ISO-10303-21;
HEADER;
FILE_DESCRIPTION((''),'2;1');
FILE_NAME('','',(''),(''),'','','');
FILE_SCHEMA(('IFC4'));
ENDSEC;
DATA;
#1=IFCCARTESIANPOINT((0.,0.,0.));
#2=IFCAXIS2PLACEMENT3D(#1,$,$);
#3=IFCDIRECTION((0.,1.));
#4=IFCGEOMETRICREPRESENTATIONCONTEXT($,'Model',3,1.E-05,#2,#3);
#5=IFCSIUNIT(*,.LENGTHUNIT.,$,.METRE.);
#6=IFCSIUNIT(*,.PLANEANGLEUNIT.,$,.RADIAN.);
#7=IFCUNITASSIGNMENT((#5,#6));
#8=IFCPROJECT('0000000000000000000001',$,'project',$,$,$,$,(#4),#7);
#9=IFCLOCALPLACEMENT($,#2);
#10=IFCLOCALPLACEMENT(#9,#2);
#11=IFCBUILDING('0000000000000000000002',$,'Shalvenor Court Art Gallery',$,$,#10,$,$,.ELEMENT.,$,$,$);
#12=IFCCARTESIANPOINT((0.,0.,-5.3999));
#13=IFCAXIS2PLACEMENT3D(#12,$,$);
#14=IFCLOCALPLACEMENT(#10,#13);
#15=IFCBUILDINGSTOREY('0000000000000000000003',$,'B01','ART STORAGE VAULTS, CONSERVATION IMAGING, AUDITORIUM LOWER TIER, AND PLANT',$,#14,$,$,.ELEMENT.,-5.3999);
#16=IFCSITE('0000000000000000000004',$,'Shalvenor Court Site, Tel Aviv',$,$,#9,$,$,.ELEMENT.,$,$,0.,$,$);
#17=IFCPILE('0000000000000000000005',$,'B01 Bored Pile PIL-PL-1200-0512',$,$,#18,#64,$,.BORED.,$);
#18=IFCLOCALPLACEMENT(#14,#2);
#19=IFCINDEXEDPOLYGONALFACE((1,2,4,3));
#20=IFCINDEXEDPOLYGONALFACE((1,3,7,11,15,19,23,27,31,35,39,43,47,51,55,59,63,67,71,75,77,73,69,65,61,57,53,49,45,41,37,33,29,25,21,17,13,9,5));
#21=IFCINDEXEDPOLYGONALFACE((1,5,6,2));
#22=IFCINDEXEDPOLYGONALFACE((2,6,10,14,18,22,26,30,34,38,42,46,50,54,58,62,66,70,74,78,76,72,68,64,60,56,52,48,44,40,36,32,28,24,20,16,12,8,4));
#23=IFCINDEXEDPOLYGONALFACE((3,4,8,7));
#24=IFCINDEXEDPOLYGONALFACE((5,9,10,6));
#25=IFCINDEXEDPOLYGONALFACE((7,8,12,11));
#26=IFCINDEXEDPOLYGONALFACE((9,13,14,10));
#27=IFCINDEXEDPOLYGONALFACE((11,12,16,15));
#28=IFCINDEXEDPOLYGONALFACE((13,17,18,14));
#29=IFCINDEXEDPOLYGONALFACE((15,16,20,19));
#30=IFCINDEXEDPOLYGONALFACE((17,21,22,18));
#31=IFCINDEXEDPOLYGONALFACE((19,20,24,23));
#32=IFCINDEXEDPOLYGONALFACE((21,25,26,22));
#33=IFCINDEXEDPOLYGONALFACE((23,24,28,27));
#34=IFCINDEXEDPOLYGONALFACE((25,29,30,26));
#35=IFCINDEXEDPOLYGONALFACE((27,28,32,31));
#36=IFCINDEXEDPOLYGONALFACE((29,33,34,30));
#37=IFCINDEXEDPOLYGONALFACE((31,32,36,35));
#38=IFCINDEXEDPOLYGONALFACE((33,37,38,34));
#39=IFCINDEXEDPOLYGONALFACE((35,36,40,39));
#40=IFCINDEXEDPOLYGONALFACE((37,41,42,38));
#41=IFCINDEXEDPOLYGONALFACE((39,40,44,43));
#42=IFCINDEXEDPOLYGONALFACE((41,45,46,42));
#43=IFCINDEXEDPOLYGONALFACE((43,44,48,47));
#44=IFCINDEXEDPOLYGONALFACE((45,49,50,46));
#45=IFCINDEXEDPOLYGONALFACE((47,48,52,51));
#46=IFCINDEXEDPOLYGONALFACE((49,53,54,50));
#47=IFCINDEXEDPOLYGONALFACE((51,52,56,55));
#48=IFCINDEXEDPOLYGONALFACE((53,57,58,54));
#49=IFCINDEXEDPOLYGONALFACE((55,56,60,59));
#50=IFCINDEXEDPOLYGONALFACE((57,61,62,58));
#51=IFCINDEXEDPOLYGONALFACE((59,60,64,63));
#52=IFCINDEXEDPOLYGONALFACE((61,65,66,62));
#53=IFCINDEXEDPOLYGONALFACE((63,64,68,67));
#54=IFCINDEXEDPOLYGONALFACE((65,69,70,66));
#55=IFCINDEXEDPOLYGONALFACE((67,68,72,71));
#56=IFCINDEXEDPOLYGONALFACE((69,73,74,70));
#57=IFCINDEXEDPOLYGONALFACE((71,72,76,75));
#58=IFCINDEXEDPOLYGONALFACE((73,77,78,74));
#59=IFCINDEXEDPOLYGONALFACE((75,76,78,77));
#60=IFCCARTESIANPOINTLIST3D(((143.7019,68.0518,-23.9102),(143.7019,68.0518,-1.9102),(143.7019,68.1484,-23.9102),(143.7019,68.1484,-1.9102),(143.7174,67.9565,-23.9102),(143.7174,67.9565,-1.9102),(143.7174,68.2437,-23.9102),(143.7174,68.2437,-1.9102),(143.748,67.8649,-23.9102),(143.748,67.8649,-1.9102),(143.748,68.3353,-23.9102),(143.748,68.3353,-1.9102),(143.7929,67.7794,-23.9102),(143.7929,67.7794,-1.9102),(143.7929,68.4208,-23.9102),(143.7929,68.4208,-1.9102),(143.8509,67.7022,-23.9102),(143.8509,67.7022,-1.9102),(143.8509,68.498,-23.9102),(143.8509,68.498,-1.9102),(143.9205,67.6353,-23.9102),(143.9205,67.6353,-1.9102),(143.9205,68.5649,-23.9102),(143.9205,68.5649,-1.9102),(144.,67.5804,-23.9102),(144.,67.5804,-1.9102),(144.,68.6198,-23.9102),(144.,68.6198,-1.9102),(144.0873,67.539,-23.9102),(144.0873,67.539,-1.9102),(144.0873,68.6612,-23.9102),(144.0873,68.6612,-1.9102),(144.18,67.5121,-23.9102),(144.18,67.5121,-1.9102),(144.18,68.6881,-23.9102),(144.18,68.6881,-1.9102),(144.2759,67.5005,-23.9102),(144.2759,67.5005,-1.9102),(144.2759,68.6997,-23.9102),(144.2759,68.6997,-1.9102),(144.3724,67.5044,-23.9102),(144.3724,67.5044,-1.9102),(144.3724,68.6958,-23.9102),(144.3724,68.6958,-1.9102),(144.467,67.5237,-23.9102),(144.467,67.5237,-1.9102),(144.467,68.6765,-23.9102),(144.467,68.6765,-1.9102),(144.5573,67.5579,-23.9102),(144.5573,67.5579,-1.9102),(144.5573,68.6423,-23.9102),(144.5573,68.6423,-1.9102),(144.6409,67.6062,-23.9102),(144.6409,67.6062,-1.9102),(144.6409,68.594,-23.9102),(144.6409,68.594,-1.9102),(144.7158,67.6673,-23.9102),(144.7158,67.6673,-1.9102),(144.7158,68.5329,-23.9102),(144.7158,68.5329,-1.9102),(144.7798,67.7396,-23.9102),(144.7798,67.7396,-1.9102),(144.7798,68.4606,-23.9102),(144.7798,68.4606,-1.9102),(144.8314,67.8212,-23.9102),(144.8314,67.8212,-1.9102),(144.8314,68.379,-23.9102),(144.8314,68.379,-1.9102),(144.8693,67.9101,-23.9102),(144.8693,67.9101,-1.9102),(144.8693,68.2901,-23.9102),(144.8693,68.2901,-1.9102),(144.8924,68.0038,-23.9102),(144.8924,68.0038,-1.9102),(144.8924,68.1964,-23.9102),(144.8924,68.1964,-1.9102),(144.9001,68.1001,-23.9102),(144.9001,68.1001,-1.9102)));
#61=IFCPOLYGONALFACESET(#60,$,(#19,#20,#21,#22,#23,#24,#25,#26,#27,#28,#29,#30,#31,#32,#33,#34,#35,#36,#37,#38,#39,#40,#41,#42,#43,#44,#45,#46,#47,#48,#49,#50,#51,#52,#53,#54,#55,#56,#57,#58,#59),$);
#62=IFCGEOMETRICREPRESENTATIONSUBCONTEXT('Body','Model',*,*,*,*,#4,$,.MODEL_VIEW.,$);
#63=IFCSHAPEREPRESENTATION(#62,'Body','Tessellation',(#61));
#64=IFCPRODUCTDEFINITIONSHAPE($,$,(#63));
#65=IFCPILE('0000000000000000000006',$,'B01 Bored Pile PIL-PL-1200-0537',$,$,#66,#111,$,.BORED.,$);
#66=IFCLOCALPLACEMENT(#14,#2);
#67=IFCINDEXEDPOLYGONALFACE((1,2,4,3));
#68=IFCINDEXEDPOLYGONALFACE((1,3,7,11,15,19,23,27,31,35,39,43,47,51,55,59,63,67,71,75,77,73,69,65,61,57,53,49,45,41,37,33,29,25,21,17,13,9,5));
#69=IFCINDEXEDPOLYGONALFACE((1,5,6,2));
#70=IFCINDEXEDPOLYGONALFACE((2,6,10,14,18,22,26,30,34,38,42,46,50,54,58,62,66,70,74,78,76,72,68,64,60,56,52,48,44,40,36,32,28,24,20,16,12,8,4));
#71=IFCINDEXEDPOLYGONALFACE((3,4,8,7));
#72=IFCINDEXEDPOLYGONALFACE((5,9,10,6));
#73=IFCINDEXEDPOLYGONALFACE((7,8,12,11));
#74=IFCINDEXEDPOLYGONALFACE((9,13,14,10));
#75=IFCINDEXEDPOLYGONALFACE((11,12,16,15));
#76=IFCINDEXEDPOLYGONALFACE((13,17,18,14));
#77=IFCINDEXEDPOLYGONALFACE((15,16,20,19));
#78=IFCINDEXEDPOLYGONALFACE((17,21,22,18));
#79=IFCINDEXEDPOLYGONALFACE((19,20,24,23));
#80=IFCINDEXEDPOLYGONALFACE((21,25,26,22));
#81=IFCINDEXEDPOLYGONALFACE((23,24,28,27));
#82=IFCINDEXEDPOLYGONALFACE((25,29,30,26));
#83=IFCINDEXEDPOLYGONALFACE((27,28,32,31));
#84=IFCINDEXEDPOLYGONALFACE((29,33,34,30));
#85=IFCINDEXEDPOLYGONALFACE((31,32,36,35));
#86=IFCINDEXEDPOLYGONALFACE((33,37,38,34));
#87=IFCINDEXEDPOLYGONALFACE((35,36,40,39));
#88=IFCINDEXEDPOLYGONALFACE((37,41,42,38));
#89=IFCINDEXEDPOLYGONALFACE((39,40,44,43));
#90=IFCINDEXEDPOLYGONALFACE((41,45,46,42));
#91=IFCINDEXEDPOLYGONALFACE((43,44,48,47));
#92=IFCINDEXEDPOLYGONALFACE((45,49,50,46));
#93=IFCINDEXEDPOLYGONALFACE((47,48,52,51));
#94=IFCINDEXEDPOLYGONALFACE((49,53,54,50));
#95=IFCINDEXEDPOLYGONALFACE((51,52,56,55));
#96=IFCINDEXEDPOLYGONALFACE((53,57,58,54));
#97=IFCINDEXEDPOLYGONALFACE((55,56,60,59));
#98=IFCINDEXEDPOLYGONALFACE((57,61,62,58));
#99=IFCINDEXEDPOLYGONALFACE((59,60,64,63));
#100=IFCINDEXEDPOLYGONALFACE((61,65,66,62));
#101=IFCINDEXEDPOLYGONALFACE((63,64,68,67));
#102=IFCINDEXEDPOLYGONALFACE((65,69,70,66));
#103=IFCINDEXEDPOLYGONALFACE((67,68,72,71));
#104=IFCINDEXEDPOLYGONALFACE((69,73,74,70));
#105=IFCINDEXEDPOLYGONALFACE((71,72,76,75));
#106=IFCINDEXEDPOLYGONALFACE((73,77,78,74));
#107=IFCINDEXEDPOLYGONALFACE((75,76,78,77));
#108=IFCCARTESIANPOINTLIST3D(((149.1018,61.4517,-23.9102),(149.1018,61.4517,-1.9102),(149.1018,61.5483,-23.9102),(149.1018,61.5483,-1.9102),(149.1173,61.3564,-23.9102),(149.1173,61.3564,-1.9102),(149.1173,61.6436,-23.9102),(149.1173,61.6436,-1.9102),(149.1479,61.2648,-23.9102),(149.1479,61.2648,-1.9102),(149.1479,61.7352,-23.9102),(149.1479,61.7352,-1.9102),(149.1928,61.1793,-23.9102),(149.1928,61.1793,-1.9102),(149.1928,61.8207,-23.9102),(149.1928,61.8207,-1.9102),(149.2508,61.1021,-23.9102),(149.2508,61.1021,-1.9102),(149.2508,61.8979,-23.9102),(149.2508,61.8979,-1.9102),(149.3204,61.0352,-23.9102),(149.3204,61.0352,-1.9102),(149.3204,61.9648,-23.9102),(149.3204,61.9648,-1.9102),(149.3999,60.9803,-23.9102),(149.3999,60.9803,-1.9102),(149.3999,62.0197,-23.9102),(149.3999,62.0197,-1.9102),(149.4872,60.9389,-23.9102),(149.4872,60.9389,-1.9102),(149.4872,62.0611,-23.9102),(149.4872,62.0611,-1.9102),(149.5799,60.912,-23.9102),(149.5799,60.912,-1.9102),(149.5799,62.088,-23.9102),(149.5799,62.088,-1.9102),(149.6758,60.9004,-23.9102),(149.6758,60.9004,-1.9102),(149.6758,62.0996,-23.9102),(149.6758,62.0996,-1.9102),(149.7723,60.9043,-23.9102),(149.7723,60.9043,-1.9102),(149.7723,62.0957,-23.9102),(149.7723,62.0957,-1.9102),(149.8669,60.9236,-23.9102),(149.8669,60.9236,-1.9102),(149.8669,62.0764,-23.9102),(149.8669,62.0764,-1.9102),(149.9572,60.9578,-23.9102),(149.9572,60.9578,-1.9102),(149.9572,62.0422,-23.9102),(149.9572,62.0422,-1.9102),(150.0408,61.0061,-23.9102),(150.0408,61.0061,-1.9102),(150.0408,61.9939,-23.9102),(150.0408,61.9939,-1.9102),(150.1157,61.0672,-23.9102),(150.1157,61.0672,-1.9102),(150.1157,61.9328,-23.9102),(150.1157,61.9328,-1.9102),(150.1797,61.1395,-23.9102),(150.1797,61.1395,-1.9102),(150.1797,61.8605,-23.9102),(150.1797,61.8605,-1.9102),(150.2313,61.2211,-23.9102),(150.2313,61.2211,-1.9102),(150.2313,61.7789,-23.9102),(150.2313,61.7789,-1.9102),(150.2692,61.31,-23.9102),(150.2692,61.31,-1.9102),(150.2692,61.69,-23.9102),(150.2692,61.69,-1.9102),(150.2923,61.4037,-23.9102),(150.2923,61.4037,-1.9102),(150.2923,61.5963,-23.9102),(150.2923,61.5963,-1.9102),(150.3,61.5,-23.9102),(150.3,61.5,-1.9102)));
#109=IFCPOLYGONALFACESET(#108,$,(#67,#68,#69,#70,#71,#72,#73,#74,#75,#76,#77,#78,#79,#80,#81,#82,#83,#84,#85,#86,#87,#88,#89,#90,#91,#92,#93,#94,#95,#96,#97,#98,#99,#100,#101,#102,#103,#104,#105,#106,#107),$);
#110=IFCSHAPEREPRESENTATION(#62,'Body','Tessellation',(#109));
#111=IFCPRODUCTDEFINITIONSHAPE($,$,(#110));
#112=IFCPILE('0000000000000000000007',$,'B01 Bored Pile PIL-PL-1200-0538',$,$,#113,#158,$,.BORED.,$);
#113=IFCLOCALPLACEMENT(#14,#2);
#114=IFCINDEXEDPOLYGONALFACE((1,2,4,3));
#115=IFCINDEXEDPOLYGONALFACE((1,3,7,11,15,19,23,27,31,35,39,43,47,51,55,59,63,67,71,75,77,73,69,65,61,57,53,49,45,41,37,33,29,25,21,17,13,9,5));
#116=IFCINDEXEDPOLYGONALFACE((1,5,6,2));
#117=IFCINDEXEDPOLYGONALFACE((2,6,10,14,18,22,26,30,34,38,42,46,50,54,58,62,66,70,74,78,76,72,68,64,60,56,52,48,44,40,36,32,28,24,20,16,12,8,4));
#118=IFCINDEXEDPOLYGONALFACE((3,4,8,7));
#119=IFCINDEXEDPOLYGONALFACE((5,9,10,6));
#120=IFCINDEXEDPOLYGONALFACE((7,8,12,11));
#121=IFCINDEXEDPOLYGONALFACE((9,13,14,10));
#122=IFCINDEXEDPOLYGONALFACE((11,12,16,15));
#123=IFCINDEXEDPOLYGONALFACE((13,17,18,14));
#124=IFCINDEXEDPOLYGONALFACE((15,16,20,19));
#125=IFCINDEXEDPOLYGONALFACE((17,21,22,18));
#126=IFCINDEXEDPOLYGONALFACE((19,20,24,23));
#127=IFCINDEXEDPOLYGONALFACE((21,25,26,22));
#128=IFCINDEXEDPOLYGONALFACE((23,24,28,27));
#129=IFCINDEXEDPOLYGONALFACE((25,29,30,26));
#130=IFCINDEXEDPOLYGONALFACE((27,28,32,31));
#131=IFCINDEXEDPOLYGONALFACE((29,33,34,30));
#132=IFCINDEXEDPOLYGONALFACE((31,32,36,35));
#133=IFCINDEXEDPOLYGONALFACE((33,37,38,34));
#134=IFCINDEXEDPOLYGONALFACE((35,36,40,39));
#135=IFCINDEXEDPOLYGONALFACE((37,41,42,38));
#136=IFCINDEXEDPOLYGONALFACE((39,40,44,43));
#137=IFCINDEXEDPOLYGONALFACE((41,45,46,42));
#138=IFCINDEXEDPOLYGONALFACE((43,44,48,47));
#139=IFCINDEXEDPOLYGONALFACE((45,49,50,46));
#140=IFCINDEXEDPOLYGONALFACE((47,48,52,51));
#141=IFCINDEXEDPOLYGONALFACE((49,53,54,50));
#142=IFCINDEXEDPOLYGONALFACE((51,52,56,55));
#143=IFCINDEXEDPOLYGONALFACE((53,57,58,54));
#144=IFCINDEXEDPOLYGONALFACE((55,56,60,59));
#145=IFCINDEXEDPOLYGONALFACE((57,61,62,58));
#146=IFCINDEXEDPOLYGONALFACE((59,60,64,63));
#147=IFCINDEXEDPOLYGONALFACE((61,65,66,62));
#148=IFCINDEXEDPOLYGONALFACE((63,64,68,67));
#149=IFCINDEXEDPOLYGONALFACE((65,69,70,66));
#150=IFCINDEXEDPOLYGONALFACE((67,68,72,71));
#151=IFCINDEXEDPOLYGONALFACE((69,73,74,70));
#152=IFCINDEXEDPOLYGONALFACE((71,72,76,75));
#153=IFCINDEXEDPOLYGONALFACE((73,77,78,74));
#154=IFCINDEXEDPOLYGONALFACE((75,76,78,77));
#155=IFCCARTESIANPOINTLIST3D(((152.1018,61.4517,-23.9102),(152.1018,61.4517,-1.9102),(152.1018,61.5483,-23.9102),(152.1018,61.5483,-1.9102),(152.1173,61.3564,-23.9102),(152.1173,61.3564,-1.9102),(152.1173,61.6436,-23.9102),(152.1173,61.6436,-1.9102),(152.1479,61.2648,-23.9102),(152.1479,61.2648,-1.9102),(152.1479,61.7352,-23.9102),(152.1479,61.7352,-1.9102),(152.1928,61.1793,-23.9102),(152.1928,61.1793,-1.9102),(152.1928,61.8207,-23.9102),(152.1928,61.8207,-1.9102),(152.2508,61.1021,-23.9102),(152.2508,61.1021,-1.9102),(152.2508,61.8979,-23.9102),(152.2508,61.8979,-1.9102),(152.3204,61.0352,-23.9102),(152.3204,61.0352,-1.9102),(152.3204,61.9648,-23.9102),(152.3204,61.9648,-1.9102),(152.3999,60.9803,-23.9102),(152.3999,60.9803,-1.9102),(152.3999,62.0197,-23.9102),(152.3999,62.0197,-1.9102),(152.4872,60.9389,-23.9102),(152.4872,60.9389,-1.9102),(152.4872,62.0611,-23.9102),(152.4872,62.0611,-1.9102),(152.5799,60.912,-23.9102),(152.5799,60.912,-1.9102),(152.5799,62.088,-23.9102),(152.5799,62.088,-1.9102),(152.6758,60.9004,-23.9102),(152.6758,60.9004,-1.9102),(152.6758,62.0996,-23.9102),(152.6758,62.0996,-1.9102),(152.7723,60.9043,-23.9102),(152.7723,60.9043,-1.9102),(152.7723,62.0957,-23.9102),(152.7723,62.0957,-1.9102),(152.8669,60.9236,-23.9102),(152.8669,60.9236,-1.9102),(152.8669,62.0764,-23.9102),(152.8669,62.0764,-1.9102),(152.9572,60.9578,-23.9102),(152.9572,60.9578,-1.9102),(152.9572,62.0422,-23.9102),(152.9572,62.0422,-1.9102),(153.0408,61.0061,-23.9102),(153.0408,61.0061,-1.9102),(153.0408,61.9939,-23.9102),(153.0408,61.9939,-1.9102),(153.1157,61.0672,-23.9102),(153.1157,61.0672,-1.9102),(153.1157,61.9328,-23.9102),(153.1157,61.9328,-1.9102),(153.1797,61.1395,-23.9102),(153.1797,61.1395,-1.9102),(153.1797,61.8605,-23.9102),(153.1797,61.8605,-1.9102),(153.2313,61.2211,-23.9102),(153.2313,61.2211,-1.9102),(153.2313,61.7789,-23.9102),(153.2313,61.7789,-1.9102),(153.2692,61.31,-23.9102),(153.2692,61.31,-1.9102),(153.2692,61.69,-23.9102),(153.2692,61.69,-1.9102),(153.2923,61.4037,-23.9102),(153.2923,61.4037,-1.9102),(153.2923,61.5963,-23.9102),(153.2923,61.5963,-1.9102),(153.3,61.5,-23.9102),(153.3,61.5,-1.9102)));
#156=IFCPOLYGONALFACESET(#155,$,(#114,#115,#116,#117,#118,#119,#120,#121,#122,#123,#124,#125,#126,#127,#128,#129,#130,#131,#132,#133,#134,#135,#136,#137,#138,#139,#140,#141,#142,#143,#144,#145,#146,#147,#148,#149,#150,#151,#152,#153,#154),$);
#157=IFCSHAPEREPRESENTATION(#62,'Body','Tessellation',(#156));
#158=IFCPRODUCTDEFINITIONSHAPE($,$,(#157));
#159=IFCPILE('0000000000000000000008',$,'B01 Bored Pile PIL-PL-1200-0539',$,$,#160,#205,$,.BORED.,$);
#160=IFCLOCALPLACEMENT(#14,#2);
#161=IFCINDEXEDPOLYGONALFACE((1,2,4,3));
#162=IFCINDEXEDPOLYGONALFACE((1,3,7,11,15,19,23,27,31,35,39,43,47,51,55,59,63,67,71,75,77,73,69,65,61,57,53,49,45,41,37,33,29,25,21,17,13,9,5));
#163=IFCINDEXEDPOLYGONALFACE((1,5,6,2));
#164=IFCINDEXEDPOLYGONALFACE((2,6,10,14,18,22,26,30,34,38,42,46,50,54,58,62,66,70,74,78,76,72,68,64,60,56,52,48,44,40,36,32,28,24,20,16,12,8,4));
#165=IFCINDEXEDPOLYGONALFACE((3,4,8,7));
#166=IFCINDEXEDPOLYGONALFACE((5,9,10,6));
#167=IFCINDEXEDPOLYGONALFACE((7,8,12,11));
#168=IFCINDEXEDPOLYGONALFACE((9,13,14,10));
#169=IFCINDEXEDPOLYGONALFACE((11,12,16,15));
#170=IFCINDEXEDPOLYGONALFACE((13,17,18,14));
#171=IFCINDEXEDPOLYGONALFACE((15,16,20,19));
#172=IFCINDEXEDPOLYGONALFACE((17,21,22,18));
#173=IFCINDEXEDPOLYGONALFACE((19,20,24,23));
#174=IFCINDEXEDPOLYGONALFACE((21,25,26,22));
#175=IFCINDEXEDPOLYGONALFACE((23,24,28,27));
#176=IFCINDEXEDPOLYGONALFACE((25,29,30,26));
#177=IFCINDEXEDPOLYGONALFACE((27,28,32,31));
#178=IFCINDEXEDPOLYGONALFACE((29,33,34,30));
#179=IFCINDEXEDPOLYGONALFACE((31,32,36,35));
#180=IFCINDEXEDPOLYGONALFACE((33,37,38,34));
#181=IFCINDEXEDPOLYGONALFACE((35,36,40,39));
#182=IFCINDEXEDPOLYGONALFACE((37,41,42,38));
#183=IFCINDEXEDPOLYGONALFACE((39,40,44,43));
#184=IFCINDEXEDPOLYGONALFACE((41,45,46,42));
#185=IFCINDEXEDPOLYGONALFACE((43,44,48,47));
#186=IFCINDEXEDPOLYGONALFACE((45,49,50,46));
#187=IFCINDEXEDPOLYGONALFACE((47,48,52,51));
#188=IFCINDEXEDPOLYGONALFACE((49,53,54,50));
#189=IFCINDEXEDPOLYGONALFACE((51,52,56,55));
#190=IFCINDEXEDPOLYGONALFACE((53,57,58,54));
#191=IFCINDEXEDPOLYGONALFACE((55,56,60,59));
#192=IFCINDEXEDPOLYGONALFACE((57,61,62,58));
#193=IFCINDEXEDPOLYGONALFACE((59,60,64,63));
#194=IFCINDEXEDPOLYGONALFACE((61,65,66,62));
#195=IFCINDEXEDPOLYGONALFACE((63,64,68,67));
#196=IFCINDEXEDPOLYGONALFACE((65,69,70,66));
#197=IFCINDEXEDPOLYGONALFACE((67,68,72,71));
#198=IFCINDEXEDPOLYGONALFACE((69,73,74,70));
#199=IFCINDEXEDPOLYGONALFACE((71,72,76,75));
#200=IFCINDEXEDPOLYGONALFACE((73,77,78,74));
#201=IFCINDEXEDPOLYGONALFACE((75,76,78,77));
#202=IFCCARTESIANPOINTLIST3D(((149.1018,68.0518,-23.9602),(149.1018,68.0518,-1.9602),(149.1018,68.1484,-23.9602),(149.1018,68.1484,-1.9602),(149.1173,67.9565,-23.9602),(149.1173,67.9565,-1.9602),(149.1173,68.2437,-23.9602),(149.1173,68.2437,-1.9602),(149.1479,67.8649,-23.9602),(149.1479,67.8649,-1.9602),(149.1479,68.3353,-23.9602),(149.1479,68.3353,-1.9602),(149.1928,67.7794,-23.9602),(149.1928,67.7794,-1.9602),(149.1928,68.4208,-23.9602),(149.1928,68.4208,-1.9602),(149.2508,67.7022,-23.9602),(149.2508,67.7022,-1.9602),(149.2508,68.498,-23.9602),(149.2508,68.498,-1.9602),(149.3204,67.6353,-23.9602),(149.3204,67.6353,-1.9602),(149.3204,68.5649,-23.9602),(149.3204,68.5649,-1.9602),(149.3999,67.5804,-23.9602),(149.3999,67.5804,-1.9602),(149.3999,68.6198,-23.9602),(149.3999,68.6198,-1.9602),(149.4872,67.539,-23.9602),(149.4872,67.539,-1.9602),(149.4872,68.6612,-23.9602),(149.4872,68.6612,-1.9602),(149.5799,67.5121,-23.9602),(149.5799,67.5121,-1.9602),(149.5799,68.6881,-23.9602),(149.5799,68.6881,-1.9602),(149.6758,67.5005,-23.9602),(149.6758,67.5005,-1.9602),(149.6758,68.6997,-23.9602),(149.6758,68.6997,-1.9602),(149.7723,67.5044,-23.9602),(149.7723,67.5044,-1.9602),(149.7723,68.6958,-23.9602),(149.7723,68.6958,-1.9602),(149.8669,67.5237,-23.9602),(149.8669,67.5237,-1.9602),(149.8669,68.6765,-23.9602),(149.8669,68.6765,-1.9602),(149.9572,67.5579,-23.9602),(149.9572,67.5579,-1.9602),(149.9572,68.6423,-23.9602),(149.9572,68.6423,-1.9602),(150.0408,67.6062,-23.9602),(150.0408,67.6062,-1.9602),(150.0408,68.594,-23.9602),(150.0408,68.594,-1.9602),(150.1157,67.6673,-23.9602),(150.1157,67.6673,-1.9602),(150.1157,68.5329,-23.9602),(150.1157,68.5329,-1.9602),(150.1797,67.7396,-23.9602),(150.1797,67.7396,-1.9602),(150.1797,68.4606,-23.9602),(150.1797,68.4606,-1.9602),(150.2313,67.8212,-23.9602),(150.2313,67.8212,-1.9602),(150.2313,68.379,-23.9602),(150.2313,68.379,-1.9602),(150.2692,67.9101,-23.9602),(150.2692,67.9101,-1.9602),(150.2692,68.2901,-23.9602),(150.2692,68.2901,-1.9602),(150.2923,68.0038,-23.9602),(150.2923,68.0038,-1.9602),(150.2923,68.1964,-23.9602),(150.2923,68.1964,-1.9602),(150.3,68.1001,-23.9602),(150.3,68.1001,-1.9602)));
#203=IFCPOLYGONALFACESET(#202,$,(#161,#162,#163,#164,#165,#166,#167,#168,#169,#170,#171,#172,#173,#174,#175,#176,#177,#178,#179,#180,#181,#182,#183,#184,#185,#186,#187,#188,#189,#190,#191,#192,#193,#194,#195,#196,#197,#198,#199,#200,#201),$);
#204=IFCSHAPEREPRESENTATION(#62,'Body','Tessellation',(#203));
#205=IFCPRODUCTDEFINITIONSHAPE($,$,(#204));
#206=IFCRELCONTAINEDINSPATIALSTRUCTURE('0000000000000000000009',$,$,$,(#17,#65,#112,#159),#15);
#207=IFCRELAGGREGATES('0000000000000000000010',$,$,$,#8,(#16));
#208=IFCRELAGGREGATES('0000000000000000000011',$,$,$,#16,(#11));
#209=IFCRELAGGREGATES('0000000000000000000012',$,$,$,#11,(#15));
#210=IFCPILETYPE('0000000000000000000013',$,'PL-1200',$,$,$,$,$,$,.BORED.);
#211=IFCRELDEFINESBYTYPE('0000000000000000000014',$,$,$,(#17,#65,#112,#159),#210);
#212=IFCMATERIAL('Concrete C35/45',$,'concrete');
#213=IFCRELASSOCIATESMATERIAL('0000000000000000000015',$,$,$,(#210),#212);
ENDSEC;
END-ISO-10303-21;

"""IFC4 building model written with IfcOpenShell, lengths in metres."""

from ifc_helpers import new_model, si_unit, direction, frame, origin, origin_2d, place, context, subcontext, project, spatial, circle, extrude, material, material_profile, profile_set, type_object, element, save


model = new_model("IFC4")

# Units and contexts
model_context = context("Model", 3, precision=1e-05, world=origin(), true_north=direction((0.0, 1.0)))
body_context = subcontext(model_context, "Body", "Model", "MODEL_VIEW")
ifc_project = project(units=[si_unit("LENGTHUNIT", "METRE"), si_unit("PLANEANGLEUNIT", "RADIAN")], contexts=[model_context])

# Site, building, storey
site_placement = place(None, origin())
site = spatial("IfcSite", under=ifc_project, at=site_placement, Name="Shalvenor Court Site, Tel Aviv", CompositionType="ELEMENT", RefElevation=0.0)
building_placement = place(site_placement, origin())
building = spatial("IfcBuilding", under=site, at=building_placement, Name="Shalvenor Court Art Gallery", CompositionType="ELEMENT")
storey_placement = place(building_placement, frame((0.0, 0.0, -5.3999)))
storey = spatial("IfcBuildingStorey", under=building, at=storey_placement, Name="B01", Description="ART STORAGE VAULTS, CONSERVATION IMAGING, AUDITORIUM LOWER TIER, AND PLANT", CompositionType="ELEMENT", Elevation=-5.3999)

# Piles
ifc_material_1 = material(Name="Concrete C35/45", Category="concrete")
ifc_material_profile_1 = material_profile(ifc_material_1, circle(Radius=0.6001, at=origin_2d()), Name="PILE 1200")
ifc_profile_set_1 = profile_set([ifc_material_profile_1], Name="Concrete C35/45")
pile_type = type_object("IfcPileType", Name="PL-1200", PredefinedType="BORED", material=ifc_profile_set_1)
for number, where, z_axis, x_axis, name in (
    (1, (144.3, 68.1001, -1.9102), (0.0, 0.0, -1.0), (1.0, 0.0, 0.0), "B01 Bored Pile PIL-PL-1200-0512"),
    (2, (149.7, 61.5, -1.9102), (0.0, 0.0, -1.0), (1.0, 0.0, 0.0), "B01 Bored Pile PIL-PL-1200-0537"),
    (3, (152.7, 61.5, -1.9102), (0.0, 0.0, -1.0), (1.0, 0.0, 0.0), "B01 Bored Pile PIL-PL-1200-0538"),
    (4, (149.7, 68.1001, -1.9602), (0.0, 0.0, -1.0), (1.0, 0.0, 0.0), "B01 Bored Pile PIL-PL-1200-0539"),
):
    element("IfcPile", number, at=place(storey_placement, frame(where, z_axis=z_axis, x_axis=x_axis)), inside=storey, type_object=pile_type, Name=name, PredefinedType="BORED", context=body_context, shape_type="SweptSolid", body=[
        extrude(circle(Radius=0.6001, at=origin_2d()), origin(), (0.0, 0.0, 1.0), 22.0),
    ])

save(model, "model.ifc")
